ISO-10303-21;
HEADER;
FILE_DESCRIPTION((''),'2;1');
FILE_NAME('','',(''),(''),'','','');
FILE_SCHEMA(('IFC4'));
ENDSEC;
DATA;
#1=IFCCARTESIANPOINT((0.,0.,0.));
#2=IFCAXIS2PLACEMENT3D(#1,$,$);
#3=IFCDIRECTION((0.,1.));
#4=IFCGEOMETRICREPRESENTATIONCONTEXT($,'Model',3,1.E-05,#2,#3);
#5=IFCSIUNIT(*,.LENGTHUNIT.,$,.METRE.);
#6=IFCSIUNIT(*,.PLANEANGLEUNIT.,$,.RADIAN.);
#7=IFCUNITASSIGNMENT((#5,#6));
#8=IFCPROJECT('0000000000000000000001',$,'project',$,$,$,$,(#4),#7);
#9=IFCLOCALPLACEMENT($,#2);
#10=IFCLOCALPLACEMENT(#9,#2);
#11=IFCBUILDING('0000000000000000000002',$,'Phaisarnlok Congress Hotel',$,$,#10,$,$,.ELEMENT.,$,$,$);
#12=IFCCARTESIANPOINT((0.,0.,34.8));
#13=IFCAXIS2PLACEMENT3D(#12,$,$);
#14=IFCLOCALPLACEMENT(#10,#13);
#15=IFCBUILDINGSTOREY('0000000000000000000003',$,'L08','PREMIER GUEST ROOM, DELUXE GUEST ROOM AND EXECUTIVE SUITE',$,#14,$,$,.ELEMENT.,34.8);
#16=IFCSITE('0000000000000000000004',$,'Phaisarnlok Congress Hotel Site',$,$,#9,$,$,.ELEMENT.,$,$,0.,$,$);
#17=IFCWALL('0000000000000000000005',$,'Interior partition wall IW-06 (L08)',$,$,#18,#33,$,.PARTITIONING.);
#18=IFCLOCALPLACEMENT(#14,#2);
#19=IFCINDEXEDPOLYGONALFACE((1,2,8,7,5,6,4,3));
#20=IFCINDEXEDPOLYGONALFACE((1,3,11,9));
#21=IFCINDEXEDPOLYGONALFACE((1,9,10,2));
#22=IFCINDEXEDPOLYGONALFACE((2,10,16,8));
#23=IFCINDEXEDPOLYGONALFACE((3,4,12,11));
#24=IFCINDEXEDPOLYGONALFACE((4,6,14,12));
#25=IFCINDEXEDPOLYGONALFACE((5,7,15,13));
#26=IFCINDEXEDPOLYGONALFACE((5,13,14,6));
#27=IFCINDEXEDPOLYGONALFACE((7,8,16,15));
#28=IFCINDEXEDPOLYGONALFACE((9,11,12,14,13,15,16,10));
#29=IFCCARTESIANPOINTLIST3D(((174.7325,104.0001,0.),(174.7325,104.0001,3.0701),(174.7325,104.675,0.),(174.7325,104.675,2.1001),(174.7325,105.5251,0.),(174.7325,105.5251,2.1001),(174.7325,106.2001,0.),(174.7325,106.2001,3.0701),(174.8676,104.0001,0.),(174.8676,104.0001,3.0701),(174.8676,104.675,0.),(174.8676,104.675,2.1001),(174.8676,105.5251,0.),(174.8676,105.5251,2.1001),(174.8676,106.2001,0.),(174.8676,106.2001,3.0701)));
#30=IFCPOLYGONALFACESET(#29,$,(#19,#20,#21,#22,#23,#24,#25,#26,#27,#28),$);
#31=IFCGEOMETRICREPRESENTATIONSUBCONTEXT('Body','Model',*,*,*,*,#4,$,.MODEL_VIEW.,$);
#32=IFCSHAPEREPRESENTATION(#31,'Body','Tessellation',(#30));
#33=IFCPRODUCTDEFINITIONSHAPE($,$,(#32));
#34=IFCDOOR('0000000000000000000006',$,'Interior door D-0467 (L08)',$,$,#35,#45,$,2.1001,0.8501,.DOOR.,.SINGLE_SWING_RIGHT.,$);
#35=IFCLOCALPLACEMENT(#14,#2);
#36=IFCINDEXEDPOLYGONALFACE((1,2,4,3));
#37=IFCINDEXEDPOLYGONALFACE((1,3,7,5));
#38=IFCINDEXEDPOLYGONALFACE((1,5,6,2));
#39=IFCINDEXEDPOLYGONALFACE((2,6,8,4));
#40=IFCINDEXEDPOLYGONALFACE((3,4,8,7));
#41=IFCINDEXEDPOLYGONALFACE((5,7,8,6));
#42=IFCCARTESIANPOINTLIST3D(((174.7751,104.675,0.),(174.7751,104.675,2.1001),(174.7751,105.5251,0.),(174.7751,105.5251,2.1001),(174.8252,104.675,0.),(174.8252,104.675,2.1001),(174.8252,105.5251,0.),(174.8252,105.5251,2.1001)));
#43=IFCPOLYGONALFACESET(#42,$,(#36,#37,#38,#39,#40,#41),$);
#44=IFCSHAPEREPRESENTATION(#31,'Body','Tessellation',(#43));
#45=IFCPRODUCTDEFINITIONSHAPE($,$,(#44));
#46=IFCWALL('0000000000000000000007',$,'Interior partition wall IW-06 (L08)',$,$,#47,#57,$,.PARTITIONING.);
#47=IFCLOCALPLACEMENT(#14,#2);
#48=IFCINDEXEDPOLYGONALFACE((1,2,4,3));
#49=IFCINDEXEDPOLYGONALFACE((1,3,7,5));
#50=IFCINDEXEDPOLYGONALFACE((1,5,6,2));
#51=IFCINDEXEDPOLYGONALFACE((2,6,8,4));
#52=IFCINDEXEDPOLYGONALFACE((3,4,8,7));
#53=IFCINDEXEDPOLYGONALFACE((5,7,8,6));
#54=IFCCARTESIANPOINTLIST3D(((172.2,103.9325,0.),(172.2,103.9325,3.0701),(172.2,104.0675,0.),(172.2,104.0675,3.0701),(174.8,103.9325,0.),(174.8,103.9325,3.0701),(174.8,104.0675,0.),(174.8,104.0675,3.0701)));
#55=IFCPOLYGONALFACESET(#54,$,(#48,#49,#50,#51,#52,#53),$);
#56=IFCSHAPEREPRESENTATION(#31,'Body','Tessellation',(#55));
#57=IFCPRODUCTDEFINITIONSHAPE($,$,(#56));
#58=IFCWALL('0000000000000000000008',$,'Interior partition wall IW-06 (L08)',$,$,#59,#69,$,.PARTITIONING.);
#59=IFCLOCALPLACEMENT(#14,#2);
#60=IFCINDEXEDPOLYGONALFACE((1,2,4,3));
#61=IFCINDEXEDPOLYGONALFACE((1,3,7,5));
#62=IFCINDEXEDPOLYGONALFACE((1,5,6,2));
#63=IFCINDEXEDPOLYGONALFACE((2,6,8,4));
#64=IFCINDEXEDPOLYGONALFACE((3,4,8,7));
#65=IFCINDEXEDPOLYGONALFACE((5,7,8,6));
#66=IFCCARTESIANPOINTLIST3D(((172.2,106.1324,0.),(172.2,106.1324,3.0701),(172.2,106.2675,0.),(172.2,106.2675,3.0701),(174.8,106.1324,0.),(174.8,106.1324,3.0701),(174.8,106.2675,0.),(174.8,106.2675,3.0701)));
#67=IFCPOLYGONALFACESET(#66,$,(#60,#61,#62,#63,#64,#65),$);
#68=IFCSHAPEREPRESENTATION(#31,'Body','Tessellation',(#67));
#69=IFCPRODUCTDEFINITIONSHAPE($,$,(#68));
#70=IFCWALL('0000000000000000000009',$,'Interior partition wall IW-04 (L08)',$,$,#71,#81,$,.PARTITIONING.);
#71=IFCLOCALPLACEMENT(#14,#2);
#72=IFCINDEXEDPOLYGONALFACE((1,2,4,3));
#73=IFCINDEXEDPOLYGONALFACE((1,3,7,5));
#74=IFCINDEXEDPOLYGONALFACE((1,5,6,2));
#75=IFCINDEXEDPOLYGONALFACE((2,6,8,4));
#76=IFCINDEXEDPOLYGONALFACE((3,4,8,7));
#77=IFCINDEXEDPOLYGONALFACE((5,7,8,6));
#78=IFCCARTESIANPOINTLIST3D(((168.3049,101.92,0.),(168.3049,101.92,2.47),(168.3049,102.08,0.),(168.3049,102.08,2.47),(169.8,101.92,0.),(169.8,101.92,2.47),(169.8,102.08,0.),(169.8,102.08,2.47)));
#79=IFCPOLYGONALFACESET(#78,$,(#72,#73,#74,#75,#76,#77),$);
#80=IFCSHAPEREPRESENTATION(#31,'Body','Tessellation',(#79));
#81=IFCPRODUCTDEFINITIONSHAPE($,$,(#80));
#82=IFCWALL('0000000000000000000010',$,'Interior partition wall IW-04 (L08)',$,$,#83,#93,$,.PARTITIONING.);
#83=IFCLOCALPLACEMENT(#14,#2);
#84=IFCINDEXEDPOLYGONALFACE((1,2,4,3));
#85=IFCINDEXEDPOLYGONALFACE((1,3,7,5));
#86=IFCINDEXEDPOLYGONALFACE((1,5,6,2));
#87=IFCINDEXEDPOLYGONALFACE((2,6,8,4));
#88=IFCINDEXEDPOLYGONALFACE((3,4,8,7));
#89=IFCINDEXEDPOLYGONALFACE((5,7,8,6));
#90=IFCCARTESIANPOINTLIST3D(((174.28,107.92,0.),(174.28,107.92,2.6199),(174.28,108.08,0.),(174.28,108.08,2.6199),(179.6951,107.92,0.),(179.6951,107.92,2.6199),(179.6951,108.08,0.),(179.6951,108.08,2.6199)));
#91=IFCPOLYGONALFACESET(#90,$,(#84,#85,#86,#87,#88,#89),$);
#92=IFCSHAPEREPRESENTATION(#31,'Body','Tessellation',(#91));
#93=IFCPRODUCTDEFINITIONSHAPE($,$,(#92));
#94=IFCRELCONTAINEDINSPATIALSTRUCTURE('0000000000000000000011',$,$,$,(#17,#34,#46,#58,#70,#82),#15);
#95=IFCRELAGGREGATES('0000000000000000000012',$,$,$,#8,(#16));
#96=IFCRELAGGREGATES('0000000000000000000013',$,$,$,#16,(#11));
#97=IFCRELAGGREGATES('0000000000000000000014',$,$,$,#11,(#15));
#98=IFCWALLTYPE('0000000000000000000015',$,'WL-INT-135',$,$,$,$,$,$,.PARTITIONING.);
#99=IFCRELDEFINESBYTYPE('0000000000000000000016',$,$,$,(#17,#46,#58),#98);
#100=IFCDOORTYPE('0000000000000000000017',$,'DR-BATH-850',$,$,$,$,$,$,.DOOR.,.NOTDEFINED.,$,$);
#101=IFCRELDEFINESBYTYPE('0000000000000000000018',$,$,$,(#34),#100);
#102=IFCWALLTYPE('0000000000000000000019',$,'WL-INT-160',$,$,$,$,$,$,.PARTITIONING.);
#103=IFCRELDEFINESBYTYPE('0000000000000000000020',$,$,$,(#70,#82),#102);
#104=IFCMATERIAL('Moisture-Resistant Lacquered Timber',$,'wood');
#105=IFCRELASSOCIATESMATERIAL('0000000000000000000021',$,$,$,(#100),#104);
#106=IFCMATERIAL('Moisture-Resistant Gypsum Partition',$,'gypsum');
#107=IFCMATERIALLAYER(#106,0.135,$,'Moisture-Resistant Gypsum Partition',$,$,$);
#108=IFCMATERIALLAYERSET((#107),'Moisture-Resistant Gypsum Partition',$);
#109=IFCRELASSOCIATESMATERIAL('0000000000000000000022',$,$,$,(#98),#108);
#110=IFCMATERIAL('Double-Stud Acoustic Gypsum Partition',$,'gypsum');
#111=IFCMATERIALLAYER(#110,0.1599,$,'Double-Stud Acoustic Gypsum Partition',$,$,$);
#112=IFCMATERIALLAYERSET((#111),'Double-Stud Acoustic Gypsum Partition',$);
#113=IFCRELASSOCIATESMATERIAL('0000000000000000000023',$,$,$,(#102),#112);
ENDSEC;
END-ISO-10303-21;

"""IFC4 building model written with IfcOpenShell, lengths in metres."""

from ifc_helpers import new_model, si_unit, direction, frame, frame_2d, origin, place, context, subcontext, project, spatial, rectangle, extrude, material, layer, layer_set, type_object, element, fill, save


model = new_model("IFC4")

# Units and contexts
model_context = context("Model", 3, precision=1e-05, world=origin(), true_north=direction((0.0, 1.0)))
body_context = subcontext(model_context, "Body", "Model", "MODEL_VIEW")
ifc_project = project(units=[si_unit("LENGTHUNIT", "METRE"), si_unit("PLANEANGLEUNIT", "RADIAN")], contexts=[model_context])

# Site, building, storey
site_placement = place(None, origin())
site = spatial("IfcSite", under=ifc_project, at=site_placement, Name="Phaisarnlok Congress Hotel Site", CompositionType="ELEMENT", RefElevation=0.0)
building_placement = place(site_placement, origin())
building = spatial("IfcBuilding", under=site, at=building_placement, Name="Phaisarnlok Congress Hotel", CompositionType="ELEMENT")
storey_placement = place(building_placement, frame((0.0, 0.0, 34.8)))
storey = spatial("IfcBuildingStorey", under=building, at=storey_placement, Name="L08", Description="PREMIER GUEST ROOM, DELUXE GUEST ROOM AND EXECUTIVE SUITE", CompositionType="ELEMENT", Elevation=34.8)

# Shared definitions
ifc_material_1 = material(Name="Moisture-Resistant Lacquered Timber", Category="wood")
door_type = type_object("IfcDoorType", Name="DR-BATH-850", OperationType="NOTDEFINED", PredefinedType="DOOR", material=ifc_material_1)

# Wall, opening, door
ifc_material_2 = material(Name="Moisture-Resistant Gypsum Partition", Category="gypsum")
ifc_layer_1 = layer(ifc_material_2, 0.135, Name="Moisture-Resistant Gypsum Partition")
ifc_layer_set_1 = layer_set([ifc_layer_1], Name="Moisture-Resistant Gypsum Partition")
wall_type_1 = type_object("IfcWallType", Name="WL-INT-135", PredefinedType="PARTITIONING", material=ifc_layer_set_1)
wall_1_placement = place(storey_placement, frame((174.8, 104.0, 0.0), z_axis=(0.0, 0.0, 1.0), x_axis=(0.0, 1.0, 0.0)))
wall_1 = element("IfcWall", 1, at=wall_1_placement, inside=storey, type_object=wall_type_1, Name="Interior partition wall IW-06 (L08)", PredefinedType="PARTITIONING", context=body_context, shape_type="SweptSolid", body=[
    extrude(rectangle(XDim=2.2, YDim=0.135, at=frame_2d((1.1001, 0.0))), origin(), (0.0, 0.0, 1.0), 3.0701),
])
opening_1_placement = place(wall_1_placement, frame((0.675, 0.0, 0.0)))
opening_1 = element("IfcOpeningElement", 2, at=opening_1_placement, cuts=wall_1, PredefinedType="OPENING", context=body_context, shape_type="SweptSolid", body=[
    extrude(rectangle(XDim=0.8501, YDim=2.1001, at=frame_2d((0.425, 1.05))), frame((0.0, 0.0776, 0.0), z_axis=(0.0, -1.0, 0.0), x_axis=(1.0, 0.0, 0.0)), (0.0, 0.0, 1.0), 0.155),
])
door_1_placement = place(opening_1_placement, origin())
door_1 = element("IfcDoor", 3, at=door_1_placement, inside=storey, type_object=door_type, Name="Interior door D-0467 (L08)", OperationType="SINGLE_SWING_RIGHT", OverallHeight=2.1001, OverallWidth=0.8501, PredefinedType="DOOR", context=body_context, shape_type="SweptSolid", body=[
    extrude(rectangle(XDim=0.8501, YDim=2.1001, at=frame_2d((0.425, 1.05))), frame((0.0, 0.0249, 0.0), z_axis=(0.0, -1.0, 0.0), x_axis=(1.0, 0.0, 0.0)), (0.0, 0.0, 1.0), 0.05),
])
fill(opening_1, door_1)

# Walls
for number, where, z_axis, x_axis, name in (
    (4, (172.2, 104.0, 0.0), (0.0, 0.0, 1.0), (1.0, 0.0, 0.0), "Interior partition wall IW-06 (L08)"),
    (5, (172.2, 106.2, 0.0), (0.0, 0.0, 1.0), (1.0, 0.0, 0.0), "Interior partition wall IW-06 (L08)"),
):
    element("IfcWall", number, at=place(storey_placement, frame(where, z_axis=z_axis, x_axis=x_axis)), inside=storey, type_object=wall_type_1, Name=name, PredefinedType="PARTITIONING", context=body_context, shape_type="SweptSolid", body=[
        extrude(rectangle(XDim=2.6001, YDim=0.135, at=frame_2d((1.3, 0.0))), origin(), (0.0, 0.0, 1.0), 3.0701),
    ])
ifc_material_3 = material(Name="Double-Stud Acoustic Gypsum Partition", Category="gypsum")
ifc_layer_2 = layer(ifc_material_3, 0.1599, Name="Double-Stud Acoustic Gypsum Partition")
ifc_layer_set_2 = layer_set([ifc_layer_2], Name="Double-Stud Acoustic Gypsum Partition")
wall_type_2 = type_object("IfcWallType", Name="WL-INT-160", PredefinedType="PARTITIONING", material=ifc_layer_set_2)
wall_2_placement = place(storey_placement, frame((168.3049, 102.0, 0.0), z_axis=(0.0, 0.0, 1.0), x_axis=(1.0, 0.0, 0.0)))
element("IfcWall", 6, at=wall_2_placement, inside=storey, type_object=wall_type_2, Name="Interior partition wall IW-04 (L08)", PredefinedType="PARTITIONING", context=body_context, shape_type="SweptSolid", body=[
    extrude(rectangle(XDim=1.4951, YDim=0.1599, at=frame_2d((0.7476, 0.0))), origin(), (0.0, 0.0, 1.0), 2.47),
])
wall_3_placement = place(storey_placement, frame((174.28, 108.0, 0.0), z_axis=(0.0, 0.0, 1.0), x_axis=(1.0, 0.0, 0.0)))
element("IfcWall", 7, at=wall_3_placement, inside=storey, type_object=wall_type_2, Name="Interior partition wall IW-04 (L08)", PredefinedType="PARTITIONING", context=body_context, shape_type="SweptSolid", body=[
    extrude(rectangle(XDim=5.415, YDim=0.1599, at=frame_2d((2.7075, 0.0))), origin(), (0.0, 0.0, 1.0), 2.6199),
])

save(model, "model.ifc")
